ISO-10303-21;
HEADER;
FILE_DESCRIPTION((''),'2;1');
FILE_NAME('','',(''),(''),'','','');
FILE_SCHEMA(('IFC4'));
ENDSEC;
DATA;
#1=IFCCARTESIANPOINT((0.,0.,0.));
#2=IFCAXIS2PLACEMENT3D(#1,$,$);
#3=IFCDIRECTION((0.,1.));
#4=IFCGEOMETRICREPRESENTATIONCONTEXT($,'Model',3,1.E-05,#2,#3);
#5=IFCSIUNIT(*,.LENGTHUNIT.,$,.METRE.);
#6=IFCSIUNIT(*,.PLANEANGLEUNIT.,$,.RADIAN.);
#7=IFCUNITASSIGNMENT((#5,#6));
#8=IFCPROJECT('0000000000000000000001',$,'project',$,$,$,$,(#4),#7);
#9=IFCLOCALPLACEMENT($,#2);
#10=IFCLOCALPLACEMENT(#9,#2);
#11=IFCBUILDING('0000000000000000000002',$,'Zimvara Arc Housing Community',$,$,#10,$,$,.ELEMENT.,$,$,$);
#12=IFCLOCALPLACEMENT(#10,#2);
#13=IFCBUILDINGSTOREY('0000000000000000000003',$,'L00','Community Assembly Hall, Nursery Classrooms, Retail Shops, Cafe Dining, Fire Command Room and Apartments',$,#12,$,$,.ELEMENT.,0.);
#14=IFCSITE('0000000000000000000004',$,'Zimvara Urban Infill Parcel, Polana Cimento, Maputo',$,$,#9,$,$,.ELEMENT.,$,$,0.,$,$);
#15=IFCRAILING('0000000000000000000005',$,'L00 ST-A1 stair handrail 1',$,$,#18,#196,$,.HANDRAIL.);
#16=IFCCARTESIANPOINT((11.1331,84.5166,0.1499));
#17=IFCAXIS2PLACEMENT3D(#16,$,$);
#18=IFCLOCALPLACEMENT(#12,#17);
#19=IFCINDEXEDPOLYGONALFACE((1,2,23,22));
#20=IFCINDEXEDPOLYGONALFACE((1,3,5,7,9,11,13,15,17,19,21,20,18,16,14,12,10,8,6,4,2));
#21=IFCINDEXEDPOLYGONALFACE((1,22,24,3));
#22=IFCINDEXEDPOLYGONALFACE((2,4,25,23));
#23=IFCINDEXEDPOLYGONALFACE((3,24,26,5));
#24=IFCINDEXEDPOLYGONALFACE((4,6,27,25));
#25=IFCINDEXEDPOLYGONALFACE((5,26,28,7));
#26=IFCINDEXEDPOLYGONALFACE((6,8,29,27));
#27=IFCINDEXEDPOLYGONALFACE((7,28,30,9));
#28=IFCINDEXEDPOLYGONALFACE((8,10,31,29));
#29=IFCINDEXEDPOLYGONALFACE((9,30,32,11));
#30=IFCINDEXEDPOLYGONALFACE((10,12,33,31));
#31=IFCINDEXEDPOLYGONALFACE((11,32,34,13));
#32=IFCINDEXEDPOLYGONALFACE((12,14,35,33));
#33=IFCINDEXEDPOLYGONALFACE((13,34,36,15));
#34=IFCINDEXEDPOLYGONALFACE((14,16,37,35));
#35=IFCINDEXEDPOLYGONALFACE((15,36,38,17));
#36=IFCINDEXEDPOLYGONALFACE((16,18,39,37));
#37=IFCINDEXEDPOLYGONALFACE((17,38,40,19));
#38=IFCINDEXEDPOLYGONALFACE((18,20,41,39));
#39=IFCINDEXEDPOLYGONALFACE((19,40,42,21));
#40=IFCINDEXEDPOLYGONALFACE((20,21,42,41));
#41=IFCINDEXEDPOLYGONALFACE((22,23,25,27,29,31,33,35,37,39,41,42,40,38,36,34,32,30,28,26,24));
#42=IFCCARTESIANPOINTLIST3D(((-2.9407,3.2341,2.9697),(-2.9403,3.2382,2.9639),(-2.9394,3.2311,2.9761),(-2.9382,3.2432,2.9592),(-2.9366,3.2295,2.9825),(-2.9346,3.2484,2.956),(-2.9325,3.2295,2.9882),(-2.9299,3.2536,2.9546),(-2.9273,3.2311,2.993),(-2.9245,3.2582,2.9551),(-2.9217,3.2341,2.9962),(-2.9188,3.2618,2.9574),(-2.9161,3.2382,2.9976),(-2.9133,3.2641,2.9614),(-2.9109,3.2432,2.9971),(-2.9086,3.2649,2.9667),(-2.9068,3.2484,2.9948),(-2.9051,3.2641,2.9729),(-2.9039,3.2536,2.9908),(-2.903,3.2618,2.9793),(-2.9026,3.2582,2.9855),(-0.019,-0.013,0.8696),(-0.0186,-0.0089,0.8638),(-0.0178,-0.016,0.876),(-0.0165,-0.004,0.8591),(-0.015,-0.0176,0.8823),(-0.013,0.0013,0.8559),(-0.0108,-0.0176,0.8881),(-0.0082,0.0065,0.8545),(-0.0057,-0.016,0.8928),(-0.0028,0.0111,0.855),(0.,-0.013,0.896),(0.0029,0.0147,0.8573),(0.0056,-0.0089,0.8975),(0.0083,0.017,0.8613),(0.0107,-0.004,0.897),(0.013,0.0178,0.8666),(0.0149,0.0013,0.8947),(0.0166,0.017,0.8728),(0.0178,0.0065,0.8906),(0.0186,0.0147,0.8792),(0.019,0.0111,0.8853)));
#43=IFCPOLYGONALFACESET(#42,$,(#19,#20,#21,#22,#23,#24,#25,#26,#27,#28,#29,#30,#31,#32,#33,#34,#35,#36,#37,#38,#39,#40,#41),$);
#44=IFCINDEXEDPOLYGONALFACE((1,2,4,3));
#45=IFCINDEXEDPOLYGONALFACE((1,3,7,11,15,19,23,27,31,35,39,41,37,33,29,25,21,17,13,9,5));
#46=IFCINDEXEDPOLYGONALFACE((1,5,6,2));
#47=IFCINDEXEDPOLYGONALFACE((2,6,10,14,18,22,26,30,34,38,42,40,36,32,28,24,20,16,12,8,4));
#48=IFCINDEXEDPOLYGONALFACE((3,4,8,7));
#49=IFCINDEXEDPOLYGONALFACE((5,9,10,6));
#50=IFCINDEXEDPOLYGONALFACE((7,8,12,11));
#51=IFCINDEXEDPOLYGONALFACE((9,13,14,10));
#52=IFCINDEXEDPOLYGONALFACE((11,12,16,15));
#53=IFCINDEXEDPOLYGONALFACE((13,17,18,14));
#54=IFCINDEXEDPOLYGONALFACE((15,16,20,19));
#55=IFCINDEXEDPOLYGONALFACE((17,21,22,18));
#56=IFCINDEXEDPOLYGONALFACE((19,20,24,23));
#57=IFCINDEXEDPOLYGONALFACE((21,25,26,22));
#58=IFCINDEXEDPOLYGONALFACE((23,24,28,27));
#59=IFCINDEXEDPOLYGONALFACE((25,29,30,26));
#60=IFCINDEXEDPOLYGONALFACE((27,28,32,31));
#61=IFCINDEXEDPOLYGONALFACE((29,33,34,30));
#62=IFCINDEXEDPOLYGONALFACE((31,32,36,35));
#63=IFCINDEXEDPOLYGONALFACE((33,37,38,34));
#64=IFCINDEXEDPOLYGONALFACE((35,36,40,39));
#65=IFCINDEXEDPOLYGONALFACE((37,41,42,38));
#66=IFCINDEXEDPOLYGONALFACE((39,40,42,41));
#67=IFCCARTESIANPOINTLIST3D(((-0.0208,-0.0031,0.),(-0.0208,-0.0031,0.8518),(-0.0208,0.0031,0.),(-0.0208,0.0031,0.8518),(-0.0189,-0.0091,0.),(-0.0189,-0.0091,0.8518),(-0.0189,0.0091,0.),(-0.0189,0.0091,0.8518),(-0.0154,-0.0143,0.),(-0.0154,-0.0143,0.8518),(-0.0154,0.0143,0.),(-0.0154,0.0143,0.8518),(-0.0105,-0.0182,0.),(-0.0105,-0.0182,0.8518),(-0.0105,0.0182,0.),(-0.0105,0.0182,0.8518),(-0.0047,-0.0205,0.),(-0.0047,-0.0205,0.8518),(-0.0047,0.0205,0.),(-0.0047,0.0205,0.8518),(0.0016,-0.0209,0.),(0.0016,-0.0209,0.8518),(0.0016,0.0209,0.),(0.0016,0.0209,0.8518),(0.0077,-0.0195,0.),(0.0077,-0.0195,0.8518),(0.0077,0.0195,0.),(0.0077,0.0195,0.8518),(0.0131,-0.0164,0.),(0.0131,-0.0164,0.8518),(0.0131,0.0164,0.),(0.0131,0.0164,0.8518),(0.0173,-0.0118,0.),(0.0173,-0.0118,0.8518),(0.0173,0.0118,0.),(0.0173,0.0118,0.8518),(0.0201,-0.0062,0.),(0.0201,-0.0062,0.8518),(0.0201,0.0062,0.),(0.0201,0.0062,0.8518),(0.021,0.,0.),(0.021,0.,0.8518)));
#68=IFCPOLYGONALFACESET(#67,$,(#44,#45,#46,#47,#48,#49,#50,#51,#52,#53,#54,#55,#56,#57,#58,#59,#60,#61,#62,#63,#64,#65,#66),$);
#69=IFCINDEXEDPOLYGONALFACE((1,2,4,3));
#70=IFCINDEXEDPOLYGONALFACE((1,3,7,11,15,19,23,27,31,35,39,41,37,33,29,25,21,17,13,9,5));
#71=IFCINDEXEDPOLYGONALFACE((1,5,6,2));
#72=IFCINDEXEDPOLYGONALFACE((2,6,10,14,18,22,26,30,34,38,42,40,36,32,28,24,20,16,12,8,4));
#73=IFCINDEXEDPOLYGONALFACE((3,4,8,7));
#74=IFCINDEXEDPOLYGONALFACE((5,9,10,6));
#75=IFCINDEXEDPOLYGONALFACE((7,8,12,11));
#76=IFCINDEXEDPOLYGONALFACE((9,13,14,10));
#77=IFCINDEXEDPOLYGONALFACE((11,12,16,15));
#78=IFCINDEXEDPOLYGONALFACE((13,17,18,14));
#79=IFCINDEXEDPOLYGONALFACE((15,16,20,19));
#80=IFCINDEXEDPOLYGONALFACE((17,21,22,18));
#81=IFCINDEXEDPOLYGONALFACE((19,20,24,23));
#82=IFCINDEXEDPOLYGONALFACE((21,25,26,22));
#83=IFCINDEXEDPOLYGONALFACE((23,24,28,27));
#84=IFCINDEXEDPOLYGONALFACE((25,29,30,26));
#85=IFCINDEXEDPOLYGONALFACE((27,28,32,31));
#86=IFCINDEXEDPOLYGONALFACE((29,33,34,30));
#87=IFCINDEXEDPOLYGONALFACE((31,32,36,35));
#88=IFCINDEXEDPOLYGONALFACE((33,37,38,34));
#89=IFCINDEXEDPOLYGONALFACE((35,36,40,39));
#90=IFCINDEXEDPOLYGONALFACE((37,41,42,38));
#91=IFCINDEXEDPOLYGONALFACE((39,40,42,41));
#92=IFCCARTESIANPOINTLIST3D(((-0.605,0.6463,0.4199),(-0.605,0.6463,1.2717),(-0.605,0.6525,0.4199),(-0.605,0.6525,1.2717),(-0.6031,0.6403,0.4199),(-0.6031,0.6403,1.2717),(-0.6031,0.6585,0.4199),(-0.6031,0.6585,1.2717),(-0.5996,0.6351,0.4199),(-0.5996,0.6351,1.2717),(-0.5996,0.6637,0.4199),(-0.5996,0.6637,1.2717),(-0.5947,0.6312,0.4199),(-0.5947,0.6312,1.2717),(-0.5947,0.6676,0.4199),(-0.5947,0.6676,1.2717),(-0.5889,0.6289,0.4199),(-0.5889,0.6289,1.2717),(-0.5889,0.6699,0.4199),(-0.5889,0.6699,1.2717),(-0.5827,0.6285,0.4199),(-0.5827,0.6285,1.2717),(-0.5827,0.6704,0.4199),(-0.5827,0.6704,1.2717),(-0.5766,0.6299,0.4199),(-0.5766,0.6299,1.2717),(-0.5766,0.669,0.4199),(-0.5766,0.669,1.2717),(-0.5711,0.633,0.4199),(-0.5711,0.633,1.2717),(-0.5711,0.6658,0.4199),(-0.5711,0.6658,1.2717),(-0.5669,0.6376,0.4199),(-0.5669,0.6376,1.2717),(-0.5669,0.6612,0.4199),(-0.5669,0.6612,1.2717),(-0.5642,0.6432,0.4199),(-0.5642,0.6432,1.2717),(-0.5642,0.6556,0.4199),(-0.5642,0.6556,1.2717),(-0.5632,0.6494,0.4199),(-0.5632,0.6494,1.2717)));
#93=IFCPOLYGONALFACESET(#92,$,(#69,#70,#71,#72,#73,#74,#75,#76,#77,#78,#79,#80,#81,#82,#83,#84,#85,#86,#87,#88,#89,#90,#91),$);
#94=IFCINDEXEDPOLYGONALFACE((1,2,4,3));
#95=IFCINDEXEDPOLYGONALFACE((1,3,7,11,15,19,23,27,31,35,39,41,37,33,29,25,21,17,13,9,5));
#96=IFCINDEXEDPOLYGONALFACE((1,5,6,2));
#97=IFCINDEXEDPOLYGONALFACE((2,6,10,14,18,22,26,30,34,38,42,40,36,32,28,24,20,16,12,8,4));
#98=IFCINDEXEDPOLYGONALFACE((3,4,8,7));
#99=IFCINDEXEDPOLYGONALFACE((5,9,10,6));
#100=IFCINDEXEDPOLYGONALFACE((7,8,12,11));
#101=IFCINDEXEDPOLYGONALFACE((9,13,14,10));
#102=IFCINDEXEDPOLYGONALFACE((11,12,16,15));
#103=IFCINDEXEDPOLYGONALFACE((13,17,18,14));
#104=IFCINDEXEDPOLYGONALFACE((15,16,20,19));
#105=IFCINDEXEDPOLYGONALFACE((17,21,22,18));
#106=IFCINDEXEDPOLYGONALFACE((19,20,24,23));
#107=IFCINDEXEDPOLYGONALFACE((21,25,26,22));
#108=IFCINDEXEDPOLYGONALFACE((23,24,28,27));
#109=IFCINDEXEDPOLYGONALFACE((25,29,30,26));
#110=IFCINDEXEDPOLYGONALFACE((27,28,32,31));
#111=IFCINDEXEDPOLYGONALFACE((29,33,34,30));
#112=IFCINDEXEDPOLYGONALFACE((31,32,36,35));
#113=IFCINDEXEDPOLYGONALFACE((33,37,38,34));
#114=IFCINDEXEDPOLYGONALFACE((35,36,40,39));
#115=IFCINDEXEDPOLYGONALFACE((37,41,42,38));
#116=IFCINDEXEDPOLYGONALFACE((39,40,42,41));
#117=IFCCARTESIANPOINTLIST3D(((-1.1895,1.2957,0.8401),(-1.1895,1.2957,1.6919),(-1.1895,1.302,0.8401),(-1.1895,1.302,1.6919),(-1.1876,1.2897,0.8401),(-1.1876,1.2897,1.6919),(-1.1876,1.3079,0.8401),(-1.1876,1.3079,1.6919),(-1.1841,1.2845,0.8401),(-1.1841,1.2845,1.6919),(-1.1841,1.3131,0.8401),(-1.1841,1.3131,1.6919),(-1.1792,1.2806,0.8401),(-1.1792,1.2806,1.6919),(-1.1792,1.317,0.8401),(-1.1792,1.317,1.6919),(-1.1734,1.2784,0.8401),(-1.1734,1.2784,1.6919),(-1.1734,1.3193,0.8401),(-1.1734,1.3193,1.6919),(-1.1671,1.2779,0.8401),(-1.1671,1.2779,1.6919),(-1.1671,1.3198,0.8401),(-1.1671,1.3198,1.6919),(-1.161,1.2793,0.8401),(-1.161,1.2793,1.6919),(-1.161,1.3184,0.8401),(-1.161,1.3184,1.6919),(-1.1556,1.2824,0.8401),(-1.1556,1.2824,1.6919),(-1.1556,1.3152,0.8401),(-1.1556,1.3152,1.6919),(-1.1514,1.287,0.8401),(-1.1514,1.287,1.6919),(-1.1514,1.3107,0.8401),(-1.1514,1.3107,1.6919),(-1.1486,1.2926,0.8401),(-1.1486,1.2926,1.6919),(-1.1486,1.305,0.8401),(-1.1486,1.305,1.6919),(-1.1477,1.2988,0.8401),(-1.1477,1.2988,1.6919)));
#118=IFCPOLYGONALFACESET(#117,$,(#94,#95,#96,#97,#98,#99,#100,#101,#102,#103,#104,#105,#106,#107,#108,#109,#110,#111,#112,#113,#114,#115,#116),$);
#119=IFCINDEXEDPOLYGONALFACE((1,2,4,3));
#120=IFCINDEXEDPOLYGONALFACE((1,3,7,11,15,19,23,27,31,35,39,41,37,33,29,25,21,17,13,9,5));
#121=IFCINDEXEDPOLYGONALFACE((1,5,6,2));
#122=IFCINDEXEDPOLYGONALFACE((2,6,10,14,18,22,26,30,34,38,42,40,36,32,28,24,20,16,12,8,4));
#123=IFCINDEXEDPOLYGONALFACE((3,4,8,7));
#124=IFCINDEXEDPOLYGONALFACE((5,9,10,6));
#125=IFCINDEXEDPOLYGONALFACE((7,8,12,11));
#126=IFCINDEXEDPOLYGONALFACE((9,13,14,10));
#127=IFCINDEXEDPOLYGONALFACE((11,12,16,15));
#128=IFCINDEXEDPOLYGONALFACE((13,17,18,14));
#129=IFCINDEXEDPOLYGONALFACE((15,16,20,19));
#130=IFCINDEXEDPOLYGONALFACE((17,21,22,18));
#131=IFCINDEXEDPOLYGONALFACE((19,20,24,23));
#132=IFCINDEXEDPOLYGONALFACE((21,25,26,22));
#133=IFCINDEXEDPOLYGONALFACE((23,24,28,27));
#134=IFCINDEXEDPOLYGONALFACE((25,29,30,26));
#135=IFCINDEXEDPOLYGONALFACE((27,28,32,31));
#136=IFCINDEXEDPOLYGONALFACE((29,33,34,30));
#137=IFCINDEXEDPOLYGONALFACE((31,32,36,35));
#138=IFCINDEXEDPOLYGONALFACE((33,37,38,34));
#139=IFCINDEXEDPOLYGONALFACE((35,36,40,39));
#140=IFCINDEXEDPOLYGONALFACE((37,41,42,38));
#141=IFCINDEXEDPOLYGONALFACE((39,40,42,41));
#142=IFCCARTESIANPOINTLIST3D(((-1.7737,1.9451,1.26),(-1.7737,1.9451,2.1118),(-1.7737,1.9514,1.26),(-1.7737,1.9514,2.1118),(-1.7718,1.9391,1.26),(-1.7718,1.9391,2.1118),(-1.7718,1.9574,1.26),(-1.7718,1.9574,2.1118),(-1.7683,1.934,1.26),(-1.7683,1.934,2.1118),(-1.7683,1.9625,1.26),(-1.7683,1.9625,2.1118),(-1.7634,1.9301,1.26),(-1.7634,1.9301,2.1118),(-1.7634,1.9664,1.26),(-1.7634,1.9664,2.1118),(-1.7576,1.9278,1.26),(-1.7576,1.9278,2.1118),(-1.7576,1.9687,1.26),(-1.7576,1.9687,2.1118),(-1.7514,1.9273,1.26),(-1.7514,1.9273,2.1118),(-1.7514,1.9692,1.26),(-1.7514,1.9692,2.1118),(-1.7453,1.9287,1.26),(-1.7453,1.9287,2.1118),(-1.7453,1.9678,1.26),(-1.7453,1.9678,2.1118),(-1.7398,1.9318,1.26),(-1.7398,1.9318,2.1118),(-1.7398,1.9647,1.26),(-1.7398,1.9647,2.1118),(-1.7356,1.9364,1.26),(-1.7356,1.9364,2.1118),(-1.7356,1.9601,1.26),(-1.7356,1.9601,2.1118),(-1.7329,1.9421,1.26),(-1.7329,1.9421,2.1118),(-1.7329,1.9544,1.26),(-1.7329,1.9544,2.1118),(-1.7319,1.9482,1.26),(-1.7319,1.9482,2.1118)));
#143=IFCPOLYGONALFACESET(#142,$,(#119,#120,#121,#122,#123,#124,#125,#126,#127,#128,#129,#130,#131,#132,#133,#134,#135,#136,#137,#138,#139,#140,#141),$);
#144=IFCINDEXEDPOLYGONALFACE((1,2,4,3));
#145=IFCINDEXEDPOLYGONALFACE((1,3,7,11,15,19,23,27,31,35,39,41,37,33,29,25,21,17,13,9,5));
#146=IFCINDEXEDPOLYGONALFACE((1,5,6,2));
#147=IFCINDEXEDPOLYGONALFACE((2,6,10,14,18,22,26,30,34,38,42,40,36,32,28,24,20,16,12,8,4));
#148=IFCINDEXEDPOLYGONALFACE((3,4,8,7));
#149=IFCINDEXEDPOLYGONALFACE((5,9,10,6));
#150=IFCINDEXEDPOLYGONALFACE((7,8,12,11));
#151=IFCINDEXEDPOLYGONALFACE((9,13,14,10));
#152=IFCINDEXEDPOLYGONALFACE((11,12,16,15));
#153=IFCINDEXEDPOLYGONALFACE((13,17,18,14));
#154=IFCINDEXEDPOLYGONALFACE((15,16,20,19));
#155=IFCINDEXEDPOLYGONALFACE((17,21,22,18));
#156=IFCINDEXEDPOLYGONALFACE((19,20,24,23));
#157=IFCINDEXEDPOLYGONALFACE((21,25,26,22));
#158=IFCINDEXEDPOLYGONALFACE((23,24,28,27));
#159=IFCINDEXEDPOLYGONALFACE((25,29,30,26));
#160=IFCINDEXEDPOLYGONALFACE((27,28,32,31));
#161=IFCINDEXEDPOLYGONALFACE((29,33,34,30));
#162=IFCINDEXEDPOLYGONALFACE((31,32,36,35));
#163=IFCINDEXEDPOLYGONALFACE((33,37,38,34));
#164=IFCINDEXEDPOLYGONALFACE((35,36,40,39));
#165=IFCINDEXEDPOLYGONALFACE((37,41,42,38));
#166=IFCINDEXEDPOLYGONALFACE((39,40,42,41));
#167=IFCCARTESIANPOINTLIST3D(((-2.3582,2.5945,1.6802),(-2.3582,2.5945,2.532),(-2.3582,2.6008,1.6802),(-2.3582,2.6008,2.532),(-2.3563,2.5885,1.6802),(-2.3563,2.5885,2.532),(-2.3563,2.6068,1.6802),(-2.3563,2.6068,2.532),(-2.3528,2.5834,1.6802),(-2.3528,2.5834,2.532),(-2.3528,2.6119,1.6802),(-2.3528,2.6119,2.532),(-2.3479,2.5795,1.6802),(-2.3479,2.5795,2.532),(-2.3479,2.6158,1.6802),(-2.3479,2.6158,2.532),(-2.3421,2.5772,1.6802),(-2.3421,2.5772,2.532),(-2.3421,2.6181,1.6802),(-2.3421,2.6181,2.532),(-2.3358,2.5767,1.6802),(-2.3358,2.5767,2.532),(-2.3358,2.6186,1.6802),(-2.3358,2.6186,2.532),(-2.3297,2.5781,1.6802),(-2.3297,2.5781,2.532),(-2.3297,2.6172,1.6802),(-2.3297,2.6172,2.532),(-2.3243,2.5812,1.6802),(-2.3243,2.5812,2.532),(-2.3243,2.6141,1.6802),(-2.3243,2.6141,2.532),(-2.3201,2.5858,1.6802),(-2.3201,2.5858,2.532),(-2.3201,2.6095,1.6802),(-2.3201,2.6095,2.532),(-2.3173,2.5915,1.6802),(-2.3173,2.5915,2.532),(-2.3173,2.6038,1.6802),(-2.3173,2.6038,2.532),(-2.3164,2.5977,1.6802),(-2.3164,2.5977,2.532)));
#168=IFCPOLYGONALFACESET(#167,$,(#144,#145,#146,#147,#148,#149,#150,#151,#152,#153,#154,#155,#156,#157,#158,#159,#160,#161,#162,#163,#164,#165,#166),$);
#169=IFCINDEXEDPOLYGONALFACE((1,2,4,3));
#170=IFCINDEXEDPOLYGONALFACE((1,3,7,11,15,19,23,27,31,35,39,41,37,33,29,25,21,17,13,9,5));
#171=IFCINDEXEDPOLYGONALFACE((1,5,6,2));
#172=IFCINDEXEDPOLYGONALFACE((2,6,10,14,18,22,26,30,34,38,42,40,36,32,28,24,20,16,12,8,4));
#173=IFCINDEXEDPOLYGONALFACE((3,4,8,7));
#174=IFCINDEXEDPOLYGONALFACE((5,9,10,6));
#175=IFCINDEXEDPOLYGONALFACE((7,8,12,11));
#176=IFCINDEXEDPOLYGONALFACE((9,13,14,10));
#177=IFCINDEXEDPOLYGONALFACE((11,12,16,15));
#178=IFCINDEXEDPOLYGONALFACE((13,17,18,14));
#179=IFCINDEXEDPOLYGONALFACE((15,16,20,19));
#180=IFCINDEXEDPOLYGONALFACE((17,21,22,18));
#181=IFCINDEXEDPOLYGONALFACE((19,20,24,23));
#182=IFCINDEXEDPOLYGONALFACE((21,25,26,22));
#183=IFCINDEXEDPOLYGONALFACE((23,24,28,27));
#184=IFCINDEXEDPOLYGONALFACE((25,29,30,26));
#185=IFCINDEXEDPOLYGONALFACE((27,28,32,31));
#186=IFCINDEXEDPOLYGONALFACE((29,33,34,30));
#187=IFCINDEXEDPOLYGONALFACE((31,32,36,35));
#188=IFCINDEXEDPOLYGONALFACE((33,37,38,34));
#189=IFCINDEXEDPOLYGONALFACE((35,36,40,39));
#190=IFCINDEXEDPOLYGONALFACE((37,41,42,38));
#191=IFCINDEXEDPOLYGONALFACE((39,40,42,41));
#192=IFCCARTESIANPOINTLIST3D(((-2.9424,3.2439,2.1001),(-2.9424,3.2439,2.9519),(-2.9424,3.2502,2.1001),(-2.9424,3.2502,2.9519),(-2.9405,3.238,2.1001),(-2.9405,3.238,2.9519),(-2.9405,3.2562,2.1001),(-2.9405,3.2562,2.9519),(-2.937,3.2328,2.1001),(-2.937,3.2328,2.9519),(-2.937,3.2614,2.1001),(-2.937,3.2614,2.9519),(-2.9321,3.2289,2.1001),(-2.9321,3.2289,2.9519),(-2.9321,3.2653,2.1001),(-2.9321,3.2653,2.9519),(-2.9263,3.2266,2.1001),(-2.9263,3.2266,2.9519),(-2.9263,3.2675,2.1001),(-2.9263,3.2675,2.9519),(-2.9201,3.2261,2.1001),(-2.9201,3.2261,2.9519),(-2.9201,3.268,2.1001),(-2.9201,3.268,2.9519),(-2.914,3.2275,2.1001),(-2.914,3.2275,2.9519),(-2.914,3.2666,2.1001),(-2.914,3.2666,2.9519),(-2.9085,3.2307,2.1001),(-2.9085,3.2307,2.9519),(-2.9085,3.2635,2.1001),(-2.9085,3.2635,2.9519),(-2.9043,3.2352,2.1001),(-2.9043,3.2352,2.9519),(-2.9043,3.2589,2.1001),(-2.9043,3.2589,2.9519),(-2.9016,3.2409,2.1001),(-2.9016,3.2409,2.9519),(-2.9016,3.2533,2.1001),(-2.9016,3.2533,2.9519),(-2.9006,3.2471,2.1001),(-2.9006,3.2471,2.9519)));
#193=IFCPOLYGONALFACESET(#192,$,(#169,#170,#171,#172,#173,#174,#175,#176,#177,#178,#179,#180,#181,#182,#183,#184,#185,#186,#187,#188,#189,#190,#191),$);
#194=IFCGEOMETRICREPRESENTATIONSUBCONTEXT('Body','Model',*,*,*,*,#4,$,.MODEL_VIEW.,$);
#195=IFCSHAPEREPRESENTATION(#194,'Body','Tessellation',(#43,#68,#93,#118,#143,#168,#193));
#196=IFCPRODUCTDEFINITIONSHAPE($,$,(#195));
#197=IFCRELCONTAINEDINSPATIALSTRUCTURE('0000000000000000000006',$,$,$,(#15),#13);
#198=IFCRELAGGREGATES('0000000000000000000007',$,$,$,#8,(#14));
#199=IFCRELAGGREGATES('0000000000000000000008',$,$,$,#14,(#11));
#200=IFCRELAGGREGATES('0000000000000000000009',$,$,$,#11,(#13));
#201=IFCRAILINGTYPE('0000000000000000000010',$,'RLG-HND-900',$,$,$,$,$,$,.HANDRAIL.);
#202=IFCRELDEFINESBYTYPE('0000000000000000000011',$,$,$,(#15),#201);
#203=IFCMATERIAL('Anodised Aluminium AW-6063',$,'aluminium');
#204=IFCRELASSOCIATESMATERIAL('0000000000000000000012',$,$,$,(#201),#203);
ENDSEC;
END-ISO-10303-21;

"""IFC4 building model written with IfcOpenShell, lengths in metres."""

from ifc_helpers import new_model, si_unit, direction, frame, origin, origin_2d, place, context, subcontext, project, spatial, circle, extrude, material, type_object, element, save


model = new_model("IFC4")

# Units and contexts
model_context = context("Model", 3, precision=1e-05, world=origin(), true_north=direction((0.0, 1.0)))
body_context = subcontext(model_context, "Body", "Model", "MODEL_VIEW")
ifc_project = project(units=[si_unit("LENGTHUNIT", "METRE"), si_unit("PLANEANGLEUNIT", "RADIAN")], contexts=[model_context])

# Site, building, storey
site_placement = place(None, origin())
site = spatial("IfcSite", under=ifc_project, at=site_placement, Name="Zimvara Urban Infill Parcel, Polana Cimento, Maputo", CompositionType="ELEMENT", RefElevation=0.0)
building_placement = place(site_placement, origin())
building = spatial("IfcBuilding", under=site, at=building_placement, Name="Zimvara Arc Housing Community", CompositionType="ELEMENT")
storey_placement = place(building_placement, origin())
storey = spatial("IfcBuildingStorey", under=building, at=storey_placement, Name="L00", Description="Community Assembly Hall, Nursery Classrooms, Retail Shops, Cafe Dining, Fire Command Room and Apartments", CompositionType="ELEMENT", Elevation=0.0)

# Railing
ifc_material_1 = material(Name="Anodised Aluminium AW-6063", Category="aluminium")
railing_type_1 = type_object("IfcRailingType", Name="RLG-HND-900", PredefinedType="HANDRAIL", material=ifc_material_1)
railing_1_placement = place(storey_placement, frame((11.1331, 84.5166, 0.1499)))
element("IfcRailing", 1, at=railing_1_placement, inside=storey, type_object=railing_type_1, Name="L00 ST-A1 stair handrail 1", PredefinedType="HANDRAIL", context=body_context, shape_type="SweptSolid", body=[
    extrude(circle(Radius=0.0239, at=origin_2d()), frame((0.0, 0.0, 0.876), z_axis=(-0.602817, 0.669965, 0.433311), x_axis=(-0.743378, -0.668872, 0.0)), (0.0, 0.0, 1.0), 4.8467),
    extrude(circle(Radius=0.021, at=origin_2d()), origin(), (0.0, 0.0, 1.0), 0.8518),
    extrude(circle(Radius=0.021, at=origin_2d()), frame((-0.5842, 0.6494, 0.4199)), (0.0, 0.0, 1.0), 0.8518),
    extrude(circle(Radius=0.021, at=origin_2d()), frame((-1.1687, 1.2988, 0.8401)), (0.0, 0.0, 1.0), 0.8518),
    extrude(circle(Radius=0.021, at=origin_2d()), frame((-1.7529, 1.9482, 1.26)), (0.0, 0.0, 1.0), 0.8518),
    extrude(circle(Radius=0.021, at=origin_2d()), frame((-2.3374, 2.5977, 1.6802)), (0.0, 0.0, 1.0), 0.8518),
    extrude(circle(Radius=0.021, at=origin_2d()), frame((-2.9216, 3.2471, 2.1001)), (0.0, 0.0, 1.0), 0.8518),
])

save(model, "model.ifc")
